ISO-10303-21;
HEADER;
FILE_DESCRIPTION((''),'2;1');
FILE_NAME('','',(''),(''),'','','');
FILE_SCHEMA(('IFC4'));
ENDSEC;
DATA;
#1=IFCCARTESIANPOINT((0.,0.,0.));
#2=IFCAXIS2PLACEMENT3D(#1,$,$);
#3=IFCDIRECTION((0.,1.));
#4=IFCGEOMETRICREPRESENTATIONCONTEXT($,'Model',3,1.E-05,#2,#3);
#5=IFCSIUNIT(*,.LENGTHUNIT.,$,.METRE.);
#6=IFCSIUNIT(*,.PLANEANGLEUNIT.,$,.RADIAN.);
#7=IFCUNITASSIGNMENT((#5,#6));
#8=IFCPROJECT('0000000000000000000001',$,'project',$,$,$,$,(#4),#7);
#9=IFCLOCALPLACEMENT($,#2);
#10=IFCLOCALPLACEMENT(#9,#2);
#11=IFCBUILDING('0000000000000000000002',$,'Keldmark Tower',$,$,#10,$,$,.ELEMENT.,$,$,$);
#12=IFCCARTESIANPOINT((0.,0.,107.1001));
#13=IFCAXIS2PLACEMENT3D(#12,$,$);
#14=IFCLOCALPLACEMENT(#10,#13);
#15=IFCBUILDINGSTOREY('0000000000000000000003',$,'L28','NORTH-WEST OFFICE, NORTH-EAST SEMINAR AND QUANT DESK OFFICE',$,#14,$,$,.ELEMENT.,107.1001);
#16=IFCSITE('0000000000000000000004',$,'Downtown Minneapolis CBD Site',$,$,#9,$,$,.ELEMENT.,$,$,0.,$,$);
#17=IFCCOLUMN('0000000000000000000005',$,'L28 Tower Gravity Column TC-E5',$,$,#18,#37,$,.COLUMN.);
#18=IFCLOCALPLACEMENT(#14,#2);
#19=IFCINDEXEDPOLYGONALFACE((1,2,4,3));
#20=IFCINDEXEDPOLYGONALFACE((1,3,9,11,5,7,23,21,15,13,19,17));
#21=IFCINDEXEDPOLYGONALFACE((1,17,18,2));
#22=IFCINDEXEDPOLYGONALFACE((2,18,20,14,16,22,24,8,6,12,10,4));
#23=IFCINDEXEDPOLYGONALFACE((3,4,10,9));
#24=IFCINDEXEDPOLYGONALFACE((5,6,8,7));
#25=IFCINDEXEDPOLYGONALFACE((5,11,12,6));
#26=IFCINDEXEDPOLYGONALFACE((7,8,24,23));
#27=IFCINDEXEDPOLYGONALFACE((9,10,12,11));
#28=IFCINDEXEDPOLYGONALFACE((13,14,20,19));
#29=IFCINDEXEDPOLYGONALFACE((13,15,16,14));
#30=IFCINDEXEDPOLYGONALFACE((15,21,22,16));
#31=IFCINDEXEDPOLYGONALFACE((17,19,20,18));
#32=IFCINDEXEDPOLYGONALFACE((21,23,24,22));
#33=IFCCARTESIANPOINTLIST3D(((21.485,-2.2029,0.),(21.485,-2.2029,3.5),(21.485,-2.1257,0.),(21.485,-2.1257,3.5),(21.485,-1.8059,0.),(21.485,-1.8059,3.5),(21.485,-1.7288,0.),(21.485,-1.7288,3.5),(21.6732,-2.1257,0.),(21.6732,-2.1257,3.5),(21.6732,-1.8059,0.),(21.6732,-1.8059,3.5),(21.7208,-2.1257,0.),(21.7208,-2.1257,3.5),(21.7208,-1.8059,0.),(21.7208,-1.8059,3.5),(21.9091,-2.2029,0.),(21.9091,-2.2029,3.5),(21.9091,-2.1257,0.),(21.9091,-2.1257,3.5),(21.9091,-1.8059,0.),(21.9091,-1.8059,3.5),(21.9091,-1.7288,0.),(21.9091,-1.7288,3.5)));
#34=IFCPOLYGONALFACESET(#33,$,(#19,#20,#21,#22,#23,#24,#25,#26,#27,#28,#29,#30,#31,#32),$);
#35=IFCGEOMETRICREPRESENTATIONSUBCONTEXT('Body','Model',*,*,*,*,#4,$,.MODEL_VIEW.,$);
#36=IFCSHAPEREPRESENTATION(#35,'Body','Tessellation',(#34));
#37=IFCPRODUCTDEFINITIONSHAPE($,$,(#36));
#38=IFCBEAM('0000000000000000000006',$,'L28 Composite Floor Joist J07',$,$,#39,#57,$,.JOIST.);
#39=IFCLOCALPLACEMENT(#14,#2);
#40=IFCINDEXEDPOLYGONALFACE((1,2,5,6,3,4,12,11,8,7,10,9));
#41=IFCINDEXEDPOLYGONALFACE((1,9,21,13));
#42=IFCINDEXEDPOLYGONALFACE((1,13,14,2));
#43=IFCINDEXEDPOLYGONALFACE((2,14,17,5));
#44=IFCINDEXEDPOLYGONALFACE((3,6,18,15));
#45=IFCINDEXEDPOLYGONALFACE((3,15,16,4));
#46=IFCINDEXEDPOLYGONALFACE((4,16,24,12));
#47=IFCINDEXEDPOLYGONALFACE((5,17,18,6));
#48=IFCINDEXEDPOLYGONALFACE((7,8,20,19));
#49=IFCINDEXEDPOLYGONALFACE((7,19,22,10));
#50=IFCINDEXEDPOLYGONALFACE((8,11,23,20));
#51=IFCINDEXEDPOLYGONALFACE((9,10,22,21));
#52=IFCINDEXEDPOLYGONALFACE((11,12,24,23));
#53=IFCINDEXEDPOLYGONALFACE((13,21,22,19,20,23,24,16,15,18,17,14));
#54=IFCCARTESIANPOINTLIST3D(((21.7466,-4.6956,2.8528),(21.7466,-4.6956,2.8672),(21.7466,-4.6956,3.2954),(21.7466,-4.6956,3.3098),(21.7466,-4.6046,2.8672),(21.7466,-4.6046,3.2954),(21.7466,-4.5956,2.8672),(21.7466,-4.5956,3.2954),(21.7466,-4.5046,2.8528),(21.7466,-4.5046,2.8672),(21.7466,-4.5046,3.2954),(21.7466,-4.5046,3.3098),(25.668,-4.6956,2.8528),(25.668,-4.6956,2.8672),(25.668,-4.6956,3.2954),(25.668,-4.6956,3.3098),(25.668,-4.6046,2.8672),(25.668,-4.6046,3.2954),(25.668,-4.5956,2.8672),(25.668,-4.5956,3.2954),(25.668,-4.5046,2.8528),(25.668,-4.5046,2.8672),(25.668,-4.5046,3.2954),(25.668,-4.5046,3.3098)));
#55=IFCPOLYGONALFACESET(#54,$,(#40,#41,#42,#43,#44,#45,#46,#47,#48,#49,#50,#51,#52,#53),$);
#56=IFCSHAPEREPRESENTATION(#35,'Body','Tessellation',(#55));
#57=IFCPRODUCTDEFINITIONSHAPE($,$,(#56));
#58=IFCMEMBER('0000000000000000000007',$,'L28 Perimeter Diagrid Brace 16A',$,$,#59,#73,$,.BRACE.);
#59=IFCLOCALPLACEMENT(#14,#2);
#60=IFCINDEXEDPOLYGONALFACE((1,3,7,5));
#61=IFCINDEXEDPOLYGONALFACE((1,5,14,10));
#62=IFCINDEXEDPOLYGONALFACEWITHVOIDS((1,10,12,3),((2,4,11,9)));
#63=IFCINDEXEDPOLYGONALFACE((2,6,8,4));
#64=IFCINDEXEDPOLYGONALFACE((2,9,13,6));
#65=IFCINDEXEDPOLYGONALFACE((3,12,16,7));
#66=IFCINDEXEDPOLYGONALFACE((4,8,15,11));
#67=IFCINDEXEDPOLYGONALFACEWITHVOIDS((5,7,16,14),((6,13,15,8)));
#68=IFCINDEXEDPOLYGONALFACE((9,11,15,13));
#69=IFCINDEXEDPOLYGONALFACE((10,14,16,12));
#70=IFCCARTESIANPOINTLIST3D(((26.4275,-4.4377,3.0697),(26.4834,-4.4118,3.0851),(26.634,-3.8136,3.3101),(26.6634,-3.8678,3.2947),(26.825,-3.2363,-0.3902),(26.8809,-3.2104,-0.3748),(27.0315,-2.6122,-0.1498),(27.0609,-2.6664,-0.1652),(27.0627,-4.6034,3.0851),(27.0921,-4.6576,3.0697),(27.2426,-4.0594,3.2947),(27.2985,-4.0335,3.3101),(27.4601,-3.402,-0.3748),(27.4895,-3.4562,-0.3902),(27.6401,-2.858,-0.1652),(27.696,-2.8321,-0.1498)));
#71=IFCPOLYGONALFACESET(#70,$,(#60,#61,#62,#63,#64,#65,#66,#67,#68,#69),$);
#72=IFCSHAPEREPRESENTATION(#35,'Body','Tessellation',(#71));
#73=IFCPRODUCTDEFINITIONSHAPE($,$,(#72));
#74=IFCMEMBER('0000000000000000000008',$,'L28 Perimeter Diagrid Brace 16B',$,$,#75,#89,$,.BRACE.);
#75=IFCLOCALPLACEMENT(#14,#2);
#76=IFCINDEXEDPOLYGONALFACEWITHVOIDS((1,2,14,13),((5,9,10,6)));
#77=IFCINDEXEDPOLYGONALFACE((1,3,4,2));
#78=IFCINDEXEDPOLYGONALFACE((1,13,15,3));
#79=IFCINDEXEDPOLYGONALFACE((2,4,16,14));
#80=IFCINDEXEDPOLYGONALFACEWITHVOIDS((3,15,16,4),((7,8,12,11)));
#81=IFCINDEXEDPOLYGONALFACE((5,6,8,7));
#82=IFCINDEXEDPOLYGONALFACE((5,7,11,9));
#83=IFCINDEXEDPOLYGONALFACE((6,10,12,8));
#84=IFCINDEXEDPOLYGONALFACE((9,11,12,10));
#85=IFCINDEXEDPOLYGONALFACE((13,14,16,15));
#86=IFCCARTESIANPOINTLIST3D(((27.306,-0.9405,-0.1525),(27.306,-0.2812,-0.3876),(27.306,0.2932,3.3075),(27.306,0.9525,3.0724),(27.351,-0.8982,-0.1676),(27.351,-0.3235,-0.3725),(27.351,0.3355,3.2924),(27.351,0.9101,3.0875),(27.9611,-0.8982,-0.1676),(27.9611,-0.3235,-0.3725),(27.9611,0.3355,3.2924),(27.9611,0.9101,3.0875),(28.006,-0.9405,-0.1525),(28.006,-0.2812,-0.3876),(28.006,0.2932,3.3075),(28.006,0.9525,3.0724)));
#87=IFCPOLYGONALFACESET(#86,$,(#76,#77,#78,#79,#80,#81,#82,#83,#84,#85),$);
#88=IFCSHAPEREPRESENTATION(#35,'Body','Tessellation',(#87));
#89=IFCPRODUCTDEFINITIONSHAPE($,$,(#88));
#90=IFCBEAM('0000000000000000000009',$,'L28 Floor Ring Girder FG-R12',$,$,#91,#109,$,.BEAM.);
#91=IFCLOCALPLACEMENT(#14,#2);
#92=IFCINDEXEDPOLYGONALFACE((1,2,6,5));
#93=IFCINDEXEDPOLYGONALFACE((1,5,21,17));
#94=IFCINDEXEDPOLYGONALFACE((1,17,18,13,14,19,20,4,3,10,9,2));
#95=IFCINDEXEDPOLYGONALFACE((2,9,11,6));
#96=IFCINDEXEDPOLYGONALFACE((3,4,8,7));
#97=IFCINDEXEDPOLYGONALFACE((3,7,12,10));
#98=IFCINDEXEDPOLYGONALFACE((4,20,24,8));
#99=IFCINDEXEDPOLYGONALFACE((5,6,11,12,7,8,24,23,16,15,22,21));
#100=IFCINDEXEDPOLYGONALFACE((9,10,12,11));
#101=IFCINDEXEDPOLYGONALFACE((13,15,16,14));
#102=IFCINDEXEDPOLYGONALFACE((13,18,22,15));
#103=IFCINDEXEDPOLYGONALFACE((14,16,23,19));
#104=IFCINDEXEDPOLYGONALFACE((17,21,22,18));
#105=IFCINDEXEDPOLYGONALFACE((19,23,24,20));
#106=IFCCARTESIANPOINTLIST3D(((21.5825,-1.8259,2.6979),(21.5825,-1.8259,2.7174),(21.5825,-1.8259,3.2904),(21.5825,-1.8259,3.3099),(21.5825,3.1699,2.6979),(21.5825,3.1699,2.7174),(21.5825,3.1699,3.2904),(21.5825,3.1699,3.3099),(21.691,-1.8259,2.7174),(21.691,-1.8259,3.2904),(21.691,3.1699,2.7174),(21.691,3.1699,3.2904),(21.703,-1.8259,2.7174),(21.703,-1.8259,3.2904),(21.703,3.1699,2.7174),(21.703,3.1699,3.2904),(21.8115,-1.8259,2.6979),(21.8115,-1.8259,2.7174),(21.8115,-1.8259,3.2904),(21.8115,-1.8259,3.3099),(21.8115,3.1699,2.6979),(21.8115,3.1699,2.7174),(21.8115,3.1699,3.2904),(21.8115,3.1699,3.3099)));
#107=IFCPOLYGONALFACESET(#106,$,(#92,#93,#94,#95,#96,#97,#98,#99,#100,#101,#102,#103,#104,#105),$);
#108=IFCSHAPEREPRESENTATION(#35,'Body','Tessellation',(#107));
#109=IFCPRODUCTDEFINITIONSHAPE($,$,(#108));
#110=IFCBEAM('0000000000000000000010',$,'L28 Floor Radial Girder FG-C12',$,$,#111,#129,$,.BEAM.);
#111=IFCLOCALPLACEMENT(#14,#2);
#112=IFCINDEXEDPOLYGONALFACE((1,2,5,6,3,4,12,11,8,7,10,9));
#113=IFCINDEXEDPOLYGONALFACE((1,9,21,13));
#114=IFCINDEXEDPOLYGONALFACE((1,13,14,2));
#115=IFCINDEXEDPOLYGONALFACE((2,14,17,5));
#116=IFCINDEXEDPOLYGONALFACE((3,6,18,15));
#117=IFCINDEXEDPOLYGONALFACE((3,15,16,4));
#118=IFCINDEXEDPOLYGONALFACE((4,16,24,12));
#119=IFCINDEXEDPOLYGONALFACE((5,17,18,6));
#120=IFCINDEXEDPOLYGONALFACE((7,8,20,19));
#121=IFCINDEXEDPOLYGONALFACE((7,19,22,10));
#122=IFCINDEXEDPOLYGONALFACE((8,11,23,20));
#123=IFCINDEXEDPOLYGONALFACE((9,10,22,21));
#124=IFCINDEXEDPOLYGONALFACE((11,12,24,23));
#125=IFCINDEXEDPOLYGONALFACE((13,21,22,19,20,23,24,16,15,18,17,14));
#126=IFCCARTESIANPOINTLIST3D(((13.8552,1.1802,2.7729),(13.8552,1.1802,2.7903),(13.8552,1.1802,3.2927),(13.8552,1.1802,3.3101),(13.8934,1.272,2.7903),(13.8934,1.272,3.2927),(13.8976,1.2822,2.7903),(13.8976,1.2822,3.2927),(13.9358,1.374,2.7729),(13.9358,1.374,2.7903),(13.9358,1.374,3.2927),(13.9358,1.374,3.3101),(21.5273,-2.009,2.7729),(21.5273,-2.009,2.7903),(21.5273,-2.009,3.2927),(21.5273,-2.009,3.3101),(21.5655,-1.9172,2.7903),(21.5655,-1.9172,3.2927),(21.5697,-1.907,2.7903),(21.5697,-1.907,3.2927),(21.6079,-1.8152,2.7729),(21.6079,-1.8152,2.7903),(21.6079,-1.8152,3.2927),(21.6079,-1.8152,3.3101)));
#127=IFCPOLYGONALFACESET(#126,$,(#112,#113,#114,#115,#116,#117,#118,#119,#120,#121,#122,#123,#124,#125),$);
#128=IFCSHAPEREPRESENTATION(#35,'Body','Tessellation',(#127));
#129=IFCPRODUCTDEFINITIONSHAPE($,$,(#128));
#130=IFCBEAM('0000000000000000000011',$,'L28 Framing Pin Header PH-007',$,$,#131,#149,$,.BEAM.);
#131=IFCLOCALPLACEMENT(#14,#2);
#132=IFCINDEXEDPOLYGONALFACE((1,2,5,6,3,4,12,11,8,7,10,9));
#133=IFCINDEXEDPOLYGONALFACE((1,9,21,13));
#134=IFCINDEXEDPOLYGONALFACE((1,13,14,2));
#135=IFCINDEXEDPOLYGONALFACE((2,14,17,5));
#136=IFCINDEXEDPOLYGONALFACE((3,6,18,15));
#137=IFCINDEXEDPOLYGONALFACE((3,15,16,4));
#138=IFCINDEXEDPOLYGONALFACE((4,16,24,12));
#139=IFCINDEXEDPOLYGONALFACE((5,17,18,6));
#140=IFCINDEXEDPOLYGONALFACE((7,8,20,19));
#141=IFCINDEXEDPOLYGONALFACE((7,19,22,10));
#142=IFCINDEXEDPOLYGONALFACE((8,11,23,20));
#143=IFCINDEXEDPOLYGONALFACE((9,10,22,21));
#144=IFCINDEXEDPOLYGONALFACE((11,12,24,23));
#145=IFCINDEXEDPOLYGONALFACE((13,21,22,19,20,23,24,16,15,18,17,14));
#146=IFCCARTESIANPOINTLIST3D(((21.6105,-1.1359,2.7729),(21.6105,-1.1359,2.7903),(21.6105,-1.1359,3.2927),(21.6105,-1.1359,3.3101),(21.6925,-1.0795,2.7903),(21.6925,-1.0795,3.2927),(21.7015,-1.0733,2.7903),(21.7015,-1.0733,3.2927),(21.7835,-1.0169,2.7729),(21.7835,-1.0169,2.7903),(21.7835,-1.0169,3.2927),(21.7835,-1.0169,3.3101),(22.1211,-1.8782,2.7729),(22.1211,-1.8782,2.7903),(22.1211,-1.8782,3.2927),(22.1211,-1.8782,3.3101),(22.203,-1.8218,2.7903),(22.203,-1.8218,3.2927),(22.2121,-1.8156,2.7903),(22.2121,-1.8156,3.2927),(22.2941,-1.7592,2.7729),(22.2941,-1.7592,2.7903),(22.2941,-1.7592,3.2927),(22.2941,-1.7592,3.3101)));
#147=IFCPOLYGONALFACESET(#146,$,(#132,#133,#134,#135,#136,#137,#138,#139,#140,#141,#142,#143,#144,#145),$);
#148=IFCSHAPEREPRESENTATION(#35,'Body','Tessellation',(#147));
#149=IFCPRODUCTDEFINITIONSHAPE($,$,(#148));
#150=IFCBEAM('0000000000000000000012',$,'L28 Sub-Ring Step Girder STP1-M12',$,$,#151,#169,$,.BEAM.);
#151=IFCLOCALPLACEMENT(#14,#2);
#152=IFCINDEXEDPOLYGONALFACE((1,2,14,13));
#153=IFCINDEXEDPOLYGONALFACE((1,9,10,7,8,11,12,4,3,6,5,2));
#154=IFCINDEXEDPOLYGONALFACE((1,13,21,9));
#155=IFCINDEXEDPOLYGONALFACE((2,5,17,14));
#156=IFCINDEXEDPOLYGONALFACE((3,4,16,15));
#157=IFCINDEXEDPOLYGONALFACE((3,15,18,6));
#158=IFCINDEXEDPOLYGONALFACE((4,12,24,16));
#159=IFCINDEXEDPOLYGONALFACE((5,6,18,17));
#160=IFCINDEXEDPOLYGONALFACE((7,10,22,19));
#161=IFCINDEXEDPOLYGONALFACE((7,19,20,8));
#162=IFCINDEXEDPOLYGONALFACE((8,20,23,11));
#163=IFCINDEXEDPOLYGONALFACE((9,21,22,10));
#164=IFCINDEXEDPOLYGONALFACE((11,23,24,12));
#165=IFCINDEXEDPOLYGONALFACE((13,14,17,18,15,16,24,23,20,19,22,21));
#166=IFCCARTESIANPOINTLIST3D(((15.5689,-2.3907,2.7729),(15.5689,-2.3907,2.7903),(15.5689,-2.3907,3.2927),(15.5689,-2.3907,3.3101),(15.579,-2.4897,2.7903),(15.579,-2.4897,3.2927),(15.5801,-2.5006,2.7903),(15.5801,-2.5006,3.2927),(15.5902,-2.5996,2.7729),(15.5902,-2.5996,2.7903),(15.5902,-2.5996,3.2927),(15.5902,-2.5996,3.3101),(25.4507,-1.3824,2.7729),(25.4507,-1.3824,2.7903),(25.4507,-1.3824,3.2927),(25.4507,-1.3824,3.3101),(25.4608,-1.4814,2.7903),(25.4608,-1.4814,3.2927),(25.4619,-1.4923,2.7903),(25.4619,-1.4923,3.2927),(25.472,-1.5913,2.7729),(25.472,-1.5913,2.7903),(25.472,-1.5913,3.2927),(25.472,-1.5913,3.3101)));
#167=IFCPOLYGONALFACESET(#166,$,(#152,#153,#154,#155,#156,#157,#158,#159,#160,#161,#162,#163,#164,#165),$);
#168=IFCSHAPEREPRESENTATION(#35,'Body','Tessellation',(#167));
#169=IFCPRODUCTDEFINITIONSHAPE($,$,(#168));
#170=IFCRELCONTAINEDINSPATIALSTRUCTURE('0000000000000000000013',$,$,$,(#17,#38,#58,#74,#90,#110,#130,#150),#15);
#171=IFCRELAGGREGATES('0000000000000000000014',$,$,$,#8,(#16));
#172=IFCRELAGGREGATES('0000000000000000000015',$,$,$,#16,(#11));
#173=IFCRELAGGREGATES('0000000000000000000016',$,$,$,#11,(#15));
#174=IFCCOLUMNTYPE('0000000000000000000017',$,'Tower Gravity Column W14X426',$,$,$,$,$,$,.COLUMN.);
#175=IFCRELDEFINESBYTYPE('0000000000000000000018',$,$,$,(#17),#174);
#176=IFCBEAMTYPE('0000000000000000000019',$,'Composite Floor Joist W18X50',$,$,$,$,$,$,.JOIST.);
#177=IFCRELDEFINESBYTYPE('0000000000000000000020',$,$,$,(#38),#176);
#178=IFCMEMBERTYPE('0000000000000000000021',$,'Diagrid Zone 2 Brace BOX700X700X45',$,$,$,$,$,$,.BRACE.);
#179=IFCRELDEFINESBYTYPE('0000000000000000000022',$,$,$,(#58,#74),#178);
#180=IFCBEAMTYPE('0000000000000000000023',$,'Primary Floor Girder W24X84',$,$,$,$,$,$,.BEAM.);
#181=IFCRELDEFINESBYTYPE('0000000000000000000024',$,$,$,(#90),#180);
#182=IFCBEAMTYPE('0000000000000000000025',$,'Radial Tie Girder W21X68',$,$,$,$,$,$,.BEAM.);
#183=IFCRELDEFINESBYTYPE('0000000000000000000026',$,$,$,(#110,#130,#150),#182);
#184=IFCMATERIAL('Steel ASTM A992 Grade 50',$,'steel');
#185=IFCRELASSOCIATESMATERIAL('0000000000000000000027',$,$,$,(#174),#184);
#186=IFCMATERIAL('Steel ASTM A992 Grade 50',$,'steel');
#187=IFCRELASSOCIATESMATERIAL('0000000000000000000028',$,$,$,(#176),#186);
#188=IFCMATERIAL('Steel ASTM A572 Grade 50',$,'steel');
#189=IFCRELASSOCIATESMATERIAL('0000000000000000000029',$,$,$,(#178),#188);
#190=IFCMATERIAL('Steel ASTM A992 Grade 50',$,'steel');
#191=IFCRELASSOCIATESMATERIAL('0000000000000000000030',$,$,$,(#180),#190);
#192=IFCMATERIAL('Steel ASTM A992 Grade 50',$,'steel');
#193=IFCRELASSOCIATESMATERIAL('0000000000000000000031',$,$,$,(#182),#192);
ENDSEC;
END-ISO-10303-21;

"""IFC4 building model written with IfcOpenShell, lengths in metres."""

from ifc_helpers import new_model, si_unit, direction, frame, origin, origin_2d, place, context, subcontext, project, spatial, hollow_rectangle, i_section, extrude, material, material_profile, profile_set, type_object, element, save


model = new_model("IFC4")

# Units and contexts
model_context = context("Model", 3, precision=1e-05, world=origin(), true_north=direction((0.0, 1.0)))
body_context = subcontext(model_context, "Body", "Model", "MODEL_VIEW")
ifc_project = project(units=[si_unit("LENGTHUNIT", "METRE"), si_unit("PLANEANGLEUNIT", "RADIAN")], contexts=[model_context])

# Site, building, storey
site_placement = place(None, origin())
site = spatial("IfcSite", under=ifc_project, at=site_placement, Name="Downtown Minneapolis CBD Site", CompositionType="ELEMENT", RefElevation=0.0)
building_placement = place(site_placement, origin())
building = spatial("IfcBuilding", under=site, at=building_placement, Name="Keldmark Tower", CompositionType="ELEMENT")
storey_placement = place(building_placement, frame((0.0, 0.0, 107.1001)))
storey = spatial("IfcBuildingStorey", under=building, at=storey_placement, Name="L28", Description="NORTH-WEST OFFICE, NORTH-EAST SEMINAR AND QUANT DESK OFFICE", CompositionType="ELEMENT", Elevation=107.1001)

# Column
ifc_material_1 = material(Name="Steel ASTM A992 Grade 50", Category="steel")
ifc_material_profile_1 = material_profile(ifc_material_1, i_section(OverallWidth=0.4241, OverallDepth=0.4741, WebThickness=0.0476, FlangeThickness=0.0771, at=origin_2d()), Name="W14X426")
ifc_profile_set_1 = profile_set([ifc_material_profile_1], Name="Steel ASTM A992 Grade 50")
column_type = type_object("IfcColumnType", Name="Tower Gravity Column W14X426", PredefinedType="COLUMN", material=ifc_profile_set_1)
column_placement = place(storey_placement, frame((21.697, -1.9658, 0.0), z_axis=(0.0, 0.0, 1.0), x_axis=(1.0, 0.0, 0.0)))
element("IfcColumn", 1, at=column_placement, inside=storey, type_object=column_type, Name="L28 Tower Gravity Column TC-E5", PredefinedType="COLUMN", context=body_context, shape_type="SweptSolid", body=[
    extrude(i_section(OverallWidth=0.4241, OverallDepth=0.4741, WebThickness=0.0476, FlangeThickness=0.0771, at=origin_2d()), origin(), (0.0, 0.0, 1.0), 3.5),
])

# Beam
ifc_material_2 = material(Name="Steel ASTM A992 Grade 50", Category="steel")
ifc_material_profile_2 = material_profile(ifc_material_2, i_section(OverallWidth=0.1909, OverallDepth=0.457, WebThickness=0.009, FlangeThickness=0.0144, at=origin_2d()), Name="W18X50")
ifc_profile_set_2 = profile_set([ifc_material_profile_2], Name="Steel ASTM A992 Grade 50")
beam_type_1 = type_object("IfcBeamType", Name="Composite Floor Joist W18X50", PredefinedType="JOIST", material=ifc_profile_set_2)
beam_1_placement = place(storey_placement, frame((21.7466, -4.6001, 3.0813), z_axis=(1.0, 0.0, 0.0), x_axis=(0.0, 1.0, 0.0)))
element("IfcBeam", 2, at=beam_1_placement, inside=storey, type_object=beam_type_1, Name="L28 Composite Floor Joist J07", PredefinedType="JOIST", context=body_context, shape_type="SweptSolid", body=[
    extrude(i_section(OverallWidth=0.1909, OverallDepth=0.457, WebThickness=0.009, FlangeThickness=0.0144, at=origin_2d()), origin(), (0.0, 0.0, 1.0), 3.9214),
])

# Members
ifc_material_3 = material(Name="Steel ASTM A572 Grade 50", Category="steel")
ifc_material_profile_3 = material_profile(ifc_material_3, hollow_rectangle(XDim=0.7, YDim=0.7, WallThickness=0.0449, at=origin_2d()), Name="BOX700X700X45")
ifc_profile_set_3 = profile_set([ifc_material_profile_3], Name="Steel ASTM A572 Grade 50")
member_type = type_object("IfcMemberType", Name="Diagrid Zone 2 Brace BOX700X700X45", PredefinedType="BRACE", material=ifc_profile_set_3)
member_1_placement = place(storey_placement, frame((27.2605, -3.0342, -0.27), z_axis=(-0.107885, -0.326107, 0.939157), x_axis=(0.949395, -0.314085, 0.0)))
element("IfcMember", 3, at=member_1_placement, inside=storey, type_object=member_type, Name="L28 Perimeter Diagrid Brace 16A", PredefinedType="BRACE", context=body_context, shape_type="SweptSolid", body=[
    extrude(hollow_rectangle(XDim=0.7, YDim=0.7, WallThickness=0.0449, at=origin_2d()), origin(), (0.0, 0.0, 1.0), 3.6841),
])
member_2_placement = place(storey_placement, frame((27.656, -0.6108, -0.27), z_axis=(0.0, 0.33584, 0.941919), x_axis=(-1.0, 0.0, 0.0)))
element("IfcMember", 4, at=member_2_placement, inside=storey, type_object=member_type, Name="L28 Perimeter Diagrid Brace 16B", PredefinedType="BRACE", context=body_context, shape_type="SweptSolid", body=[
    extrude(hollow_rectangle(XDim=0.7, YDim=0.7, WallThickness=0.0449, at=origin_2d()), origin(), (0.0, 0.0, 1.0), 3.6733),
])

# Beams
ifc_material_4 = material(Name="Steel ASTM A992 Grade 50", Category="steel")
ifc_material_profile_4 = material_profile(ifc_material_4, i_section(OverallWidth=0.229, OverallDepth=0.6121, WebThickness=0.012, FlangeThickness=0.0195, at=origin_2d()), Name="W24X84")
ifc_profile_set_4 = profile_set([ifc_material_profile_4], Name="Steel ASTM A992 Grade 50")
beam_type_2 = type_object("IfcBeamType", Name="Primary Floor Girder W24X84", PredefinedType="BEAM", material=ifc_profile_set_4)
beam_2_placement = place(storey_placement, frame((21.697, -1.8259, 3.0039), z_axis=(0.0, 1.0, 0.0), x_axis=(-1.0, 0.0, 0.0)))
element("IfcBeam", 5, at=beam_2_placement, inside=storey, type_object=beam_type_2, Name="L28 Floor Ring Girder FG-R12", PredefinedType="BEAM", context=body_context, shape_type="SweptSolid", body=[
    extrude(i_section(OverallWidth=0.229, OverallDepth=0.6121, WebThickness=0.012, FlangeThickness=0.0195, at=origin_2d()), origin(), (0.0, 0.0, 1.0), 4.9958),
])
ifc_material_5 = material(Name="Steel ASTM A992 Grade 50", Category="steel")
ifc_material_profile_5 = material_profile(ifc_material_5, i_section(OverallWidth=0.21, OverallDepth=0.5371, WebThickness=0.011, FlangeThickness=0.0173, at=origin_2d()), Name="W21X68")
ifc_profile_set_5 = profile_set([ifc_material_profile_5], Name="Steel ASTM A992 Grade 50")
beam_type_3 = type_object("IfcBeamType", Name="Radial Tie Girder W21X68", PredefinedType="BEAM", material=ifc_profile_set_5)
beam_3_placement = place(storey_placement, frame((21.5676, -1.9121, 3.0415), z_axis=(-0.923397, 0.383845, 0.0), x_axis=(-0.383845, -0.923397, 0.0)))
element("IfcBeam", 6, at=beam_3_placement, inside=storey, type_object=beam_type_3, Name="L28 Floor Radial Girder FG-C12", PredefinedType="BEAM", context=body_context, shape_type="SweptSolid", body=[
    extrude(i_section(OverallWidth=0.21, OverallDepth=0.5371, WebThickness=0.011, FlangeThickness=0.0173, at=origin_2d()), origin(), (0.0, 0.0, 1.0), 8.3086),
])
beam_4_placement = place(storey_placement, frame((21.697, -1.0764, 3.0415), z_axis=(0.566713, -0.823915, 0.0), x_axis=(0.823915, 0.566713, 0.0)))
element("IfcBeam", 7, at=beam_4_placement, inside=storey, type_object=beam_type_3, Name="L28 Framing Pin Header PH-007", PredefinedType="BEAM", context=body_context, shape_type="SweptSolid", body=[
    extrude(i_section(OverallWidth=0.21, OverallDepth=0.5371, WebThickness=0.011, FlangeThickness=0.0173, at=origin_2d()), origin(), (0.0, 0.0, 1.0), 0.9009),
])
beam_5_placement = place(storey_placement, frame((15.5796, -2.4951, 3.0415), z_axis=(0.994835, 0.101509, 0.0), x_axis=(-0.101509, 0.994835, 0.0)))
element("IfcBeam", 8, at=beam_5_placement, inside=storey, type_object=beam_type_3, Name="L28 Sub-Ring Step Girder STP1-M12", PredefinedType="BEAM", context=body_context, shape_type="SweptSolid", body=[
    extrude(i_section(OverallWidth=0.21, OverallDepth=0.5371, WebThickness=0.011, FlangeThickness=0.0173, at=origin_2d()), origin(), (0.0, 0.0, 1.0), 9.9331),
])

save(model, "model.ifc")
